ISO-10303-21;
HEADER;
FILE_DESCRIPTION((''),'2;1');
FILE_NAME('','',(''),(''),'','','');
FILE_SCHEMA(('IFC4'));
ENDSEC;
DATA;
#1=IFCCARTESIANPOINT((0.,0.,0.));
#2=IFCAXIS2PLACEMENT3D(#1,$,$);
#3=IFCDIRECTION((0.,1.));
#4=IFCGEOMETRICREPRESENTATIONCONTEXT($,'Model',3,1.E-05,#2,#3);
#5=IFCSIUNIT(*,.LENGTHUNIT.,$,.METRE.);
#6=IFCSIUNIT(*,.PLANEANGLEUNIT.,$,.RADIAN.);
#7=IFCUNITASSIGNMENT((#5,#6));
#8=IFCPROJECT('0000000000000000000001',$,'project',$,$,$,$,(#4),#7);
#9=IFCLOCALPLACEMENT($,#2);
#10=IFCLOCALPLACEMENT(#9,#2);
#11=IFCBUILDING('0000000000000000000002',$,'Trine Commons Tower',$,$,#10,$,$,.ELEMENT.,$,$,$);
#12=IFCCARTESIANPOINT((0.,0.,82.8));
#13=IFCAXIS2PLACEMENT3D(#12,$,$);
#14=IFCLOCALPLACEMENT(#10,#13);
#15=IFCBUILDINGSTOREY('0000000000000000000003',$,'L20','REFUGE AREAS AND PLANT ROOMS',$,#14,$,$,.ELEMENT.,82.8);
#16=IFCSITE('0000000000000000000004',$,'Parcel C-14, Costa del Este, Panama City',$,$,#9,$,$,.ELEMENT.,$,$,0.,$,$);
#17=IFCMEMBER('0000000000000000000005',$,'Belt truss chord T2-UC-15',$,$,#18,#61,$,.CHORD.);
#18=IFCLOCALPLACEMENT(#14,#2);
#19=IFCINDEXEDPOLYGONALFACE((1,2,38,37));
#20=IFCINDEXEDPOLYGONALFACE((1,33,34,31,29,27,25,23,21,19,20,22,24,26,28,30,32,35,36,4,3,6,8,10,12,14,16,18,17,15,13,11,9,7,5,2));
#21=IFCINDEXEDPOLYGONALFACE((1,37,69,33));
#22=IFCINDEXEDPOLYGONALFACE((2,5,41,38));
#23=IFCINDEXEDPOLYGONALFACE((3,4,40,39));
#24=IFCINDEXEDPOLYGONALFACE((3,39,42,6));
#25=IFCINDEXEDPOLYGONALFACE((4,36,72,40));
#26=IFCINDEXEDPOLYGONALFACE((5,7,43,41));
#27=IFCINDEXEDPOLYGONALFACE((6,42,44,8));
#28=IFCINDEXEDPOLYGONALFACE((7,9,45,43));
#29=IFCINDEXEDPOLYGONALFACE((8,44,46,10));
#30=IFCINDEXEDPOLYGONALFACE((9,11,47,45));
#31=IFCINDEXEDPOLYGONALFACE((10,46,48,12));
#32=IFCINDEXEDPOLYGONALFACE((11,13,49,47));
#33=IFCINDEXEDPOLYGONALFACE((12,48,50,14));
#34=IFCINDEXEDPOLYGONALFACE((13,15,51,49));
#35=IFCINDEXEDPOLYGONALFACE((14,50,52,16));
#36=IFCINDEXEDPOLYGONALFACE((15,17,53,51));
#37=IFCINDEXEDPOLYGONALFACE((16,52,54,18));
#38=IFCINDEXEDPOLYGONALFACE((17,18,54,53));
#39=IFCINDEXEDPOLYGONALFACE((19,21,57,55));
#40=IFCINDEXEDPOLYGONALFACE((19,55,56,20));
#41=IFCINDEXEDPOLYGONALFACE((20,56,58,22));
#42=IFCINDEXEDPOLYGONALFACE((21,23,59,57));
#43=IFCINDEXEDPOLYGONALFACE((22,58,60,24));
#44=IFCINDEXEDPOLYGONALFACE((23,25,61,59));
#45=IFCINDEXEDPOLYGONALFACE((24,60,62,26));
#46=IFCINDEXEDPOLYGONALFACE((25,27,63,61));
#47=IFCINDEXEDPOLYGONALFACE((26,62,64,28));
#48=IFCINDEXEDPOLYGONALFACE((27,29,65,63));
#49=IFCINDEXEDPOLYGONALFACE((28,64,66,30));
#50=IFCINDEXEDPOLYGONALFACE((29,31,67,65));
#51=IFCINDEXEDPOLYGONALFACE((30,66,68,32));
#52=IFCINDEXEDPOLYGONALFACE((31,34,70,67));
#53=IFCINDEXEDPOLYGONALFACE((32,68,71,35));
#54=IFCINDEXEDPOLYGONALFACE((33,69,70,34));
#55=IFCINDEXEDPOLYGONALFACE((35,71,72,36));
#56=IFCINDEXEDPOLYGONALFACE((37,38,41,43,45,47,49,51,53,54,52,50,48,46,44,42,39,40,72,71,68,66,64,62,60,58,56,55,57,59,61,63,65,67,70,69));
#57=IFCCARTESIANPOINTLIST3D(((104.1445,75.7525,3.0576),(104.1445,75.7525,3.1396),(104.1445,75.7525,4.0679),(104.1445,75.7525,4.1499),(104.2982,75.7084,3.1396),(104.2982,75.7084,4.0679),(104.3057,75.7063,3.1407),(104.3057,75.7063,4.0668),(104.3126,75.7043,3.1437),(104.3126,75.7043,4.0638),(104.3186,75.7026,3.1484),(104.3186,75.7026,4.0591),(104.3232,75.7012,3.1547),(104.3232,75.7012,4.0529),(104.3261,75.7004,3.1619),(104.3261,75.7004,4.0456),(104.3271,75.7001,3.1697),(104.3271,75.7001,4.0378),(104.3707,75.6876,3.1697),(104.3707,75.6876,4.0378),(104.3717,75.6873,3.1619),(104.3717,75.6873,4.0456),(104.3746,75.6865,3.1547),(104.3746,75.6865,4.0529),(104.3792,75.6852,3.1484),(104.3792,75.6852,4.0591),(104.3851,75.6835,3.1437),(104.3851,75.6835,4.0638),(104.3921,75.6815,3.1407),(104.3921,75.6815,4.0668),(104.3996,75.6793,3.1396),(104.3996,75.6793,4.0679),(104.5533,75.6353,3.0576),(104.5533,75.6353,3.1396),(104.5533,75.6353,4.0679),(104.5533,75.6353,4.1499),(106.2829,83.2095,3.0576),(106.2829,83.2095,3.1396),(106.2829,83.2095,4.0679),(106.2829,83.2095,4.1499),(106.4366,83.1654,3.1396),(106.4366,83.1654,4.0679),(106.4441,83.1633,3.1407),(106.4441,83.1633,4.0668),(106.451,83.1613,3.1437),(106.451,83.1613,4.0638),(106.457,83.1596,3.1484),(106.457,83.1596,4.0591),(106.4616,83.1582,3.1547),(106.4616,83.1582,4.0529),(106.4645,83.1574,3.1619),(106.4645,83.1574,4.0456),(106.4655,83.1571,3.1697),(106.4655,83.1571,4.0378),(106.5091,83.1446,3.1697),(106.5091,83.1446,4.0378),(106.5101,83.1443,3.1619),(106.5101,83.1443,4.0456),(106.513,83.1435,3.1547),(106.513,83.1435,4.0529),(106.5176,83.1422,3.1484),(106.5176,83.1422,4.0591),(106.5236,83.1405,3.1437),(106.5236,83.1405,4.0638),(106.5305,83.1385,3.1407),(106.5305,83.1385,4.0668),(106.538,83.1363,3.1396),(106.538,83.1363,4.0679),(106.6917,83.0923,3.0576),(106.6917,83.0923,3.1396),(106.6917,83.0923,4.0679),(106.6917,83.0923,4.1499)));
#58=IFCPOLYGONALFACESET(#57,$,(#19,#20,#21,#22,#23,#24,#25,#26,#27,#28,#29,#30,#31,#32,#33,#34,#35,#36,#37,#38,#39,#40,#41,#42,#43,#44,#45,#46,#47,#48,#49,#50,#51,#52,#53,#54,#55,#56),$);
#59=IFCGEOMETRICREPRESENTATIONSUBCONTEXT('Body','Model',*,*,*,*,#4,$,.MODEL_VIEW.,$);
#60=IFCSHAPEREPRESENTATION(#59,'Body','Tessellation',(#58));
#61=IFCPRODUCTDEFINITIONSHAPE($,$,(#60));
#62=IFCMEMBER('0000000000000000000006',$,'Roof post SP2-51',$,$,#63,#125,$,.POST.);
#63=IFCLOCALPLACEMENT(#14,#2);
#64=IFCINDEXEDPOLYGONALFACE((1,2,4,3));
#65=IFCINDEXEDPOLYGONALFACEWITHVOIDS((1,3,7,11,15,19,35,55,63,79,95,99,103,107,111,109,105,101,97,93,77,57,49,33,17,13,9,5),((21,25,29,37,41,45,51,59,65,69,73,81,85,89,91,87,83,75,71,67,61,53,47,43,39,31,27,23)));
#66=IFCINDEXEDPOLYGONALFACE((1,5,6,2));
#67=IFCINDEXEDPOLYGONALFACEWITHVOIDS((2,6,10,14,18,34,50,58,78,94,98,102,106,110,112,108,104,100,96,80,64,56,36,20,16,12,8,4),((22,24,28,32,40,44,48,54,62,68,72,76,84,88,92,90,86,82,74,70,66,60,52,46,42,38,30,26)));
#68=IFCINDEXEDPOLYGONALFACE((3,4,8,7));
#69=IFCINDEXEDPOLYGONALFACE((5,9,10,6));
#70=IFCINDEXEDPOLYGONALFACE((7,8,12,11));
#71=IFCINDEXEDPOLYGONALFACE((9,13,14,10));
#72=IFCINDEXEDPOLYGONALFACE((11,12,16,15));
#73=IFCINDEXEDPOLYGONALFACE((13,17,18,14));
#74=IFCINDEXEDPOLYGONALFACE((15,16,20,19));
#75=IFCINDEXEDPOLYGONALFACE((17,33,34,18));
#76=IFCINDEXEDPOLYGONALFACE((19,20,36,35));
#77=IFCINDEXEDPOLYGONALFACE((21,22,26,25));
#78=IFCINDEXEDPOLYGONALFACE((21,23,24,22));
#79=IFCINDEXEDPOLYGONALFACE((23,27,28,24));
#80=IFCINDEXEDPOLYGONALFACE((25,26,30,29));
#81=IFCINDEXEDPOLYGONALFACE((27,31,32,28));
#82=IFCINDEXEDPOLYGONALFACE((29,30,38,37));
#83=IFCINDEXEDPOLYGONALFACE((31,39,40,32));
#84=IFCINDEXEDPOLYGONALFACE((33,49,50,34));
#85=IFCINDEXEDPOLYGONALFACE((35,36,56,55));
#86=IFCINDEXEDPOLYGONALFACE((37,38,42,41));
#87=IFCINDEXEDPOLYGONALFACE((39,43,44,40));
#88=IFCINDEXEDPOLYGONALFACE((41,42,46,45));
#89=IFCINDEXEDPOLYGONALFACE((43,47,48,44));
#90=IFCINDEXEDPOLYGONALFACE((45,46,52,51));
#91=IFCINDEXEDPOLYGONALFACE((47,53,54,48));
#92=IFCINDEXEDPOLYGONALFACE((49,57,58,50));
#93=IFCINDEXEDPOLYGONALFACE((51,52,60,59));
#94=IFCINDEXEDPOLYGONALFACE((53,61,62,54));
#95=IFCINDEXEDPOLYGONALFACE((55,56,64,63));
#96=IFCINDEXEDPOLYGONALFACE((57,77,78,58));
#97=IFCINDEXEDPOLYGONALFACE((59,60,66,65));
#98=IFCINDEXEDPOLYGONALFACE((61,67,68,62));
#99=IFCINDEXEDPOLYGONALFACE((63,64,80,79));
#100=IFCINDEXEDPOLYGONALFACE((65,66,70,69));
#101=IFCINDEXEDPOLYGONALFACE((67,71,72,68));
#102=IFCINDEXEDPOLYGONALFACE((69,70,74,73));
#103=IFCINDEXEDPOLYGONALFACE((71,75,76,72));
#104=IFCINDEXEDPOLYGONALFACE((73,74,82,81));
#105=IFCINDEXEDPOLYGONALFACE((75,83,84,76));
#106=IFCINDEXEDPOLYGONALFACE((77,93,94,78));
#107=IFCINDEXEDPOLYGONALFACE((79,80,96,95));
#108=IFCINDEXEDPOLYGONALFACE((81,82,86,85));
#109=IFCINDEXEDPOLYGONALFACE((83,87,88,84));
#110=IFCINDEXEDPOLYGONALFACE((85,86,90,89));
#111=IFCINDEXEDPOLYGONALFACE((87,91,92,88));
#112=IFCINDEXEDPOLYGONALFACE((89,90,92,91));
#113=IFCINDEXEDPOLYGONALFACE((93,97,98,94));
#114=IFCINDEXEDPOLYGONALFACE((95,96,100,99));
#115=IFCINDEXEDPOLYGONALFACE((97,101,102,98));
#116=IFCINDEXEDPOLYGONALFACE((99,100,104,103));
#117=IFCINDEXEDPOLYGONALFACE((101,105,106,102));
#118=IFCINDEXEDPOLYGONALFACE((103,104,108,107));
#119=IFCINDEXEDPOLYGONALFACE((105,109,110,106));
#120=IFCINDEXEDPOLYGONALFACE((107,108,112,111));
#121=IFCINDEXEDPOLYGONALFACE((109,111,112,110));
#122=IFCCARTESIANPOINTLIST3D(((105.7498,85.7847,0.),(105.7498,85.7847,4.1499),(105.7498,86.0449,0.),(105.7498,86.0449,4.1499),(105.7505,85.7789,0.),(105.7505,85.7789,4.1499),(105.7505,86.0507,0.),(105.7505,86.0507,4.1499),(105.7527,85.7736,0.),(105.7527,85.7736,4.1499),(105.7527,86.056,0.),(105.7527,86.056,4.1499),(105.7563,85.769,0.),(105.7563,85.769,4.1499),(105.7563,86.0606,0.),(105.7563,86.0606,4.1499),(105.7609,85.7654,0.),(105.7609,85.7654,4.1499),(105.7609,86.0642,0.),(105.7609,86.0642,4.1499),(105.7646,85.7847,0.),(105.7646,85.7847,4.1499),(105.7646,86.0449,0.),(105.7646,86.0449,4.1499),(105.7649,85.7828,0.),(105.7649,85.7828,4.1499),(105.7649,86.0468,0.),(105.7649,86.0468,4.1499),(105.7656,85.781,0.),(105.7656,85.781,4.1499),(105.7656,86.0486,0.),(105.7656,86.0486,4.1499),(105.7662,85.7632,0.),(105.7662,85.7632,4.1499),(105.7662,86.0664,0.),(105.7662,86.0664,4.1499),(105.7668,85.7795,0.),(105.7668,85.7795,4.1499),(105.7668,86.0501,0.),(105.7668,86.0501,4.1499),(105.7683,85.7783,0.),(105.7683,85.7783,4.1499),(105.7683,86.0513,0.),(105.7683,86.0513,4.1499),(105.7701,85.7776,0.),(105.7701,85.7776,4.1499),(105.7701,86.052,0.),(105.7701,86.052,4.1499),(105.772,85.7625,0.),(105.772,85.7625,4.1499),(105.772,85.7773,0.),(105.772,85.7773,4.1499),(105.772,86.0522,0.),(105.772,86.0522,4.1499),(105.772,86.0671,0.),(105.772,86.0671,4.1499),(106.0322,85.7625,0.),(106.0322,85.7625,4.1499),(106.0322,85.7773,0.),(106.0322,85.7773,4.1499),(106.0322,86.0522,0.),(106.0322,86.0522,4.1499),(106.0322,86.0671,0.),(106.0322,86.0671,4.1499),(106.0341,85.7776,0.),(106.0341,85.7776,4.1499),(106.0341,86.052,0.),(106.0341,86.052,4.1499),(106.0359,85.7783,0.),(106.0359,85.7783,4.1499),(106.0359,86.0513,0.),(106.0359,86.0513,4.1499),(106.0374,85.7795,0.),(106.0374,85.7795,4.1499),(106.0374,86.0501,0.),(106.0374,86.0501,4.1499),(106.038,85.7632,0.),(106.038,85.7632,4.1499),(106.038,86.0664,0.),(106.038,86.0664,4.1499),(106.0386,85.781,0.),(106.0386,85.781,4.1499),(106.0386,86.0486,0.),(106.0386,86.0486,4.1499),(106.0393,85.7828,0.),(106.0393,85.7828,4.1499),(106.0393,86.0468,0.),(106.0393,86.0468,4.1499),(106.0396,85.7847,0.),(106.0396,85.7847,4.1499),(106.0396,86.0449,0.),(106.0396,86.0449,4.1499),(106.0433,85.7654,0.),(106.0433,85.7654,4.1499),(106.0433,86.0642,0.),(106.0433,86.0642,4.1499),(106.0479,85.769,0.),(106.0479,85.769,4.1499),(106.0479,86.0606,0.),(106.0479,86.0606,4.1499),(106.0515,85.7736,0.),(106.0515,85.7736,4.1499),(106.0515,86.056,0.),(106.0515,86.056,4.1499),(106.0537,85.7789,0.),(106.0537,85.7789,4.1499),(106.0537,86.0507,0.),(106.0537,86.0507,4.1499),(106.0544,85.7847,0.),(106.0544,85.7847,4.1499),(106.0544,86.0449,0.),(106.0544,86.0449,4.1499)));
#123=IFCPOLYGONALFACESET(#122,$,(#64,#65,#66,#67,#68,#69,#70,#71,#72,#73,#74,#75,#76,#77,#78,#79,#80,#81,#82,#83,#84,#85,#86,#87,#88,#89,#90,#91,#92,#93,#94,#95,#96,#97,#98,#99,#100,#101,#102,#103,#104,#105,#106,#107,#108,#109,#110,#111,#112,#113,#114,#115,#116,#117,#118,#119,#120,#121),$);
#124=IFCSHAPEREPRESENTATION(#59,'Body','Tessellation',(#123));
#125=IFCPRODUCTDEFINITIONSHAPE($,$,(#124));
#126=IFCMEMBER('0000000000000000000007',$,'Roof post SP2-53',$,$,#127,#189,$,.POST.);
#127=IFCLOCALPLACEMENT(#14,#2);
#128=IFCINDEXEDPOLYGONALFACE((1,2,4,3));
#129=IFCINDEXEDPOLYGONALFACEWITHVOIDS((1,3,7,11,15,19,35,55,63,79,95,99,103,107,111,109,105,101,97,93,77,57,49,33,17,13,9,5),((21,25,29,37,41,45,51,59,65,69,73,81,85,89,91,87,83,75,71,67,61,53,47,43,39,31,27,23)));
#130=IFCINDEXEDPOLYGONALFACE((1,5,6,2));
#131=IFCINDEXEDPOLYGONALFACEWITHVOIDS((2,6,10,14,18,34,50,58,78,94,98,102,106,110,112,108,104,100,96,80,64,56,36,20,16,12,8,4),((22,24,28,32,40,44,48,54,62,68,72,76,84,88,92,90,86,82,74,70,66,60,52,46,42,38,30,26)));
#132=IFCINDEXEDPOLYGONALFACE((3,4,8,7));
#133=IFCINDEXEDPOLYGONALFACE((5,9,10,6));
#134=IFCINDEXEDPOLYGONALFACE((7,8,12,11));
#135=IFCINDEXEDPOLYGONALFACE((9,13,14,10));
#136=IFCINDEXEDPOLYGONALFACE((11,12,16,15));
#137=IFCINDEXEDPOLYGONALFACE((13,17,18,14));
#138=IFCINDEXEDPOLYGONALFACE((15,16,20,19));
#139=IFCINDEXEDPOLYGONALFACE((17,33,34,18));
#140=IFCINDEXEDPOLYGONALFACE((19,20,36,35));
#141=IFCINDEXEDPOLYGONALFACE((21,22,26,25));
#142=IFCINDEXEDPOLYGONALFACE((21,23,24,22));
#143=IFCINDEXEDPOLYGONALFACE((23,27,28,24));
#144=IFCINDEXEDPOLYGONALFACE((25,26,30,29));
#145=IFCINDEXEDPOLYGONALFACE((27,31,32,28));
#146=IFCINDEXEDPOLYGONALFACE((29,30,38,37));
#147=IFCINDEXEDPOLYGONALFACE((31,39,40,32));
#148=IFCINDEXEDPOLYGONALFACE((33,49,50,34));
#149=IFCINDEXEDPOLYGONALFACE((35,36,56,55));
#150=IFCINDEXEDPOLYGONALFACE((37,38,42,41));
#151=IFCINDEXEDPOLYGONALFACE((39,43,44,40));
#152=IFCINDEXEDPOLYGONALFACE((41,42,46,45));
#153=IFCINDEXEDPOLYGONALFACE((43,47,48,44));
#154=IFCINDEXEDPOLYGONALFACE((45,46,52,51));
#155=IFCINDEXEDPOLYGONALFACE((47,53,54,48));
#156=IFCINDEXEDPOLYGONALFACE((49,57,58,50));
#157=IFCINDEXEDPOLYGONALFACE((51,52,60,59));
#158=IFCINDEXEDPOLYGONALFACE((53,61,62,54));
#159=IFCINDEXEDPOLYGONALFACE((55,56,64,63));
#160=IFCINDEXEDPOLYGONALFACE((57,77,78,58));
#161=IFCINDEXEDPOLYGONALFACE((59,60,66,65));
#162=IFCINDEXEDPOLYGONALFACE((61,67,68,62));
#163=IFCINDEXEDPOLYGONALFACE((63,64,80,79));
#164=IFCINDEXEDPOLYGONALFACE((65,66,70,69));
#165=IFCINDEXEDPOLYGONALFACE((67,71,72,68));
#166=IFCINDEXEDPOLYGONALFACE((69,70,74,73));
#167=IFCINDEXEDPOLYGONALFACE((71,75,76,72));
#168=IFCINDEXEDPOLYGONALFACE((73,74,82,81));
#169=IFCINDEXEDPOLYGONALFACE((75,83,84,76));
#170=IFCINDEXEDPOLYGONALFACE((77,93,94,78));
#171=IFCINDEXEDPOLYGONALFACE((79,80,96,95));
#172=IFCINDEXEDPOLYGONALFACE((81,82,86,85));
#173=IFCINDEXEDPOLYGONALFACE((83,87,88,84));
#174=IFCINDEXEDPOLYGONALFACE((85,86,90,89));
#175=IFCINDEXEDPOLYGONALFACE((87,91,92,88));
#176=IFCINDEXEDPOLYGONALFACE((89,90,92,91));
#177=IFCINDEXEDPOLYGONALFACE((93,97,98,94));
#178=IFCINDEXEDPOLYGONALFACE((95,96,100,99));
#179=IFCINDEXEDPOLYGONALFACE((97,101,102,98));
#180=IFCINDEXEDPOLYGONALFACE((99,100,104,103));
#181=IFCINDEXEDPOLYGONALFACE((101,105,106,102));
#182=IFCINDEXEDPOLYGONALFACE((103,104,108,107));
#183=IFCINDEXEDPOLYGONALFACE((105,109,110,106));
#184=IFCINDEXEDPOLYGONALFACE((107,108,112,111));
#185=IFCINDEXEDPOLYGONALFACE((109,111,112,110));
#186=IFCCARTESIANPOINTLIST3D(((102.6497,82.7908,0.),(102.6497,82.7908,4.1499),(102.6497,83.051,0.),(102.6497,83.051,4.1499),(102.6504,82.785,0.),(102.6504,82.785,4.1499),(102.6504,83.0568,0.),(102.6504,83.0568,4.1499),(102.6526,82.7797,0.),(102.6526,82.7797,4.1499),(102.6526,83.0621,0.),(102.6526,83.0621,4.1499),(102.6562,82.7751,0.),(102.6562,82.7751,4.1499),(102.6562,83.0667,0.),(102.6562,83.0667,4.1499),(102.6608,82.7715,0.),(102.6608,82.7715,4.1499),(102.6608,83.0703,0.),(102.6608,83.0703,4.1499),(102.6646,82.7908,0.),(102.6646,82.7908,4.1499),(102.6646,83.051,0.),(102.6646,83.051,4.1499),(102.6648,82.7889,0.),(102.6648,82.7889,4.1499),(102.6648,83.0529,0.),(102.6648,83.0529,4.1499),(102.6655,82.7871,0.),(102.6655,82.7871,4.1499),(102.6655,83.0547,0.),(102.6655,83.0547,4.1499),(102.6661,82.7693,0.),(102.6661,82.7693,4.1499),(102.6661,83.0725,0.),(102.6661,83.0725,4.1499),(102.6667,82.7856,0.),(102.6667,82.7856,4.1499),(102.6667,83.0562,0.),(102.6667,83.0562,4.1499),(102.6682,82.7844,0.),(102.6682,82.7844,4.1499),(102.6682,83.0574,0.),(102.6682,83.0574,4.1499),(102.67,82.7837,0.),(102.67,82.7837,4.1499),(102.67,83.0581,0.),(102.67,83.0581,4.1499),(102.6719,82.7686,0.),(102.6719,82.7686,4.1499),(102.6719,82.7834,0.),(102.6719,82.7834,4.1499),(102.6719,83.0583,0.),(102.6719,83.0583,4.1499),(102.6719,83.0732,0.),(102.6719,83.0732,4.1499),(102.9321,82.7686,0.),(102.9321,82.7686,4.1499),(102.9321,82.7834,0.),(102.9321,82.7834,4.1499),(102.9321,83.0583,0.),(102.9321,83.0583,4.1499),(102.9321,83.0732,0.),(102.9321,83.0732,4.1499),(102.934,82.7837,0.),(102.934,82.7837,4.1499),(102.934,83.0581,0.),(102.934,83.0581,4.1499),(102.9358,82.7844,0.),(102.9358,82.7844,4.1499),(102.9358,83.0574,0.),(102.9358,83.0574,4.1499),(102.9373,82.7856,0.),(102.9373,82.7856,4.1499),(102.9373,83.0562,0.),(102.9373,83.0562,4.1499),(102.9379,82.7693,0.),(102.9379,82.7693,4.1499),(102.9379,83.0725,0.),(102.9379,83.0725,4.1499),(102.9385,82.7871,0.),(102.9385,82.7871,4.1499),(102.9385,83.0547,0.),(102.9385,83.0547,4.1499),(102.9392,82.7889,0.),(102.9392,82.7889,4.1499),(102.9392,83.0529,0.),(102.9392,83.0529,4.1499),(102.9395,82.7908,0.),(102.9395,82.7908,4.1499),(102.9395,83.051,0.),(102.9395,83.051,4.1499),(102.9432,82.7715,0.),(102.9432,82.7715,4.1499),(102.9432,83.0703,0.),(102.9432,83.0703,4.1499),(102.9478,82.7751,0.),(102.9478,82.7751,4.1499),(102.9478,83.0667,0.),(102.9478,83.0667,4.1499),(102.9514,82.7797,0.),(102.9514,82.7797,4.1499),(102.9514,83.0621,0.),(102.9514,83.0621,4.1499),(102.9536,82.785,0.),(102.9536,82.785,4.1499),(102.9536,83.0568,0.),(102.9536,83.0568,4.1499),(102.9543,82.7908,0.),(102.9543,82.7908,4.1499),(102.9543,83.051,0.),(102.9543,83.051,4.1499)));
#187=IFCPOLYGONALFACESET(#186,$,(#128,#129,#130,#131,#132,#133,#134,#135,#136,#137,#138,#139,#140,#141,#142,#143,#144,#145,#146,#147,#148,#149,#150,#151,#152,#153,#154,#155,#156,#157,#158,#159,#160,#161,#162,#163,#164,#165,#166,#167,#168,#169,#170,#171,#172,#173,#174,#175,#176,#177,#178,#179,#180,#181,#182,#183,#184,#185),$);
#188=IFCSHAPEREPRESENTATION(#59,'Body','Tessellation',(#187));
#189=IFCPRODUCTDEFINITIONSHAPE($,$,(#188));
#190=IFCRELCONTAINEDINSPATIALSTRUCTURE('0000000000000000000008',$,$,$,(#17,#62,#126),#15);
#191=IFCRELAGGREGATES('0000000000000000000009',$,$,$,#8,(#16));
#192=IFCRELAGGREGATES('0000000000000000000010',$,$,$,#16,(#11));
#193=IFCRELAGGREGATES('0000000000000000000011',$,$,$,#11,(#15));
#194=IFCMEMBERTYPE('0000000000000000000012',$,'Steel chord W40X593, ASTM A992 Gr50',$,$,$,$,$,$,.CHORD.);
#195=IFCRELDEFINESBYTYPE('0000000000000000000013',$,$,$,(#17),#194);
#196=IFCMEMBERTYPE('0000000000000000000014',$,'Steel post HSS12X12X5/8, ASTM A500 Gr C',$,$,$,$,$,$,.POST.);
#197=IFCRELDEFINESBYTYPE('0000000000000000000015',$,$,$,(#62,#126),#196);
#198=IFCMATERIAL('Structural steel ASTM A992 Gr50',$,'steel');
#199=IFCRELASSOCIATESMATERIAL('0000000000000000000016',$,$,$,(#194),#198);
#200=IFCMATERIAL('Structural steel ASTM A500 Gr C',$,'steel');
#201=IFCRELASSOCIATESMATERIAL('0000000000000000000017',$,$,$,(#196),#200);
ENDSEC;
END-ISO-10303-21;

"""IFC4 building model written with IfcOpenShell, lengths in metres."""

from ifc_helpers import new_model, si_unit, direction, frame, origin, origin_2d, place, context, subcontext, project, spatial, hollow_rectangle, i_section, extrude, material, material_profile, profile_set, type_object, element, save


model = new_model("IFC4")

# Units and contexts
model_context = context("Model", 3, precision=1e-05, world=origin(), true_north=direction((0.0, 1.0)))
body_context = subcontext(model_context, "Body", "Model", "MODEL_VIEW")
ifc_project = project(units=[si_unit("LENGTHUNIT", "METRE"), si_unit("PLANEANGLEUNIT", "RADIAN")], contexts=[model_context])

# Site, building, storey
site_placement = place(None, origin())
site = spatial("IfcSite", under=ifc_project, at=site_placement, Name="Parcel C-14, Costa del Este, Panama City", CompositionType="ELEMENT", RefElevation=0.0)
building_placement = place(site_placement, origin())
building = spatial("IfcBuilding", under=site, at=building_placement, Name="Trine Commons Tower", CompositionType="ELEMENT")
storey_placement = place(building_placement, frame((0.0, 0.0, 82.8)))
storey = spatial("IfcBuildingStorey", under=building, at=storey_placement, Name="L20", Description="REFUGE AREAS AND PLANT ROOMS", CompositionType="ELEMENT", Elevation=82.8)

# Shared definitions
ifc_material_1 = material(Name="Structural steel ASTM A992 Gr50", Category="steel")

# Members
ifc_material_profile_1 = material_profile(ifc_material_1, i_section(OverallWidth=0.4253, OverallDepth=1.0923, WebThickness=0.0454, FlangeThickness=0.082, FilletRadius=0.03, at=origin_2d()), Name="W40X593")
ifc_profile_set_1 = profile_set([ifc_material_profile_1], Name="Structural steel ASTM A992 Gr50")
member_type_1 = type_object("IfcMemberType", Name="Steel chord W40X593, ASTM A992 Gr50", PredefinedType="CHORD", material=ifc_profile_set_1)
member_1_placement = place(storey_placement, frame((106.4873, 83.1509, 3.6038), z_axis=(-0.275656, -0.961256, 0.0), x_axis=(0.961256, -0.275656, 0.0)))
element("IfcMember", 1, at=member_1_placement, inside=storey, type_object=member_type_1, Name="Belt truss chord T2-UC-15", PredefinedType="CHORD", context=body_context, shape_type="SweptSolid", body=[
    extrude(i_section(OverallWidth=0.4253, OverallDepth=1.0923, WebThickness=0.0454, FlangeThickness=0.082, FilletRadius=0.03, at=origin_2d()), origin(), (0.0, 0.0, 1.0), 7.7576),
])
ifc_material_2 = material(Name="Structural steel ASTM A500 Gr C", Category="steel")
ifc_material_profile_2 = material_profile(ifc_material_2, hollow_rectangle(XDim=0.3047, YDim=0.3047, WallThickness=0.0149, InnerFilletRadius=0.0073, OuterFilletRadius=0.0222, at=origin_2d()), Name="HSS12X12X5/8")
ifc_profile_set_2 = profile_set([ifc_material_profile_2], Name="Structural steel ASTM A500 Gr C")
member_type_2 = type_object("IfcMemberType", Name="Steel post HSS12X12X5/8, ASTM A500 Gr C", PredefinedType="POST", material=ifc_profile_set_2)
for number, where, z_axis, x_axis, name in (
    (2, (105.9021, 85.9148, 0.0), (0.0, 0.0, 1.0), (1.0, 0.0, 0.0), "Roof post SP2-51"),
    (3, (102.802, 82.9209, 0.0), (0.0, 0.0, 1.0), (1.0, 0.0, 0.0), "Roof post SP2-53"),
):
    element("IfcMember", number, at=place(storey_placement, frame(where, z_axis=z_axis, x_axis=x_axis)), inside=storey, type_object=member_type_2, Name=name, PredefinedType="POST", context=body_context, shape_type="SweptSolid", body=[
        extrude(hollow_rectangle(XDim=0.3047, YDim=0.3047, WallThickness=0.0149, InnerFilletRadius=0.0073, OuterFilletRadius=0.0222, at=origin_2d()), origin(), (0.0, 0.0, 1.0), 4.1499),
    ])

save(model, "model.ifc")
